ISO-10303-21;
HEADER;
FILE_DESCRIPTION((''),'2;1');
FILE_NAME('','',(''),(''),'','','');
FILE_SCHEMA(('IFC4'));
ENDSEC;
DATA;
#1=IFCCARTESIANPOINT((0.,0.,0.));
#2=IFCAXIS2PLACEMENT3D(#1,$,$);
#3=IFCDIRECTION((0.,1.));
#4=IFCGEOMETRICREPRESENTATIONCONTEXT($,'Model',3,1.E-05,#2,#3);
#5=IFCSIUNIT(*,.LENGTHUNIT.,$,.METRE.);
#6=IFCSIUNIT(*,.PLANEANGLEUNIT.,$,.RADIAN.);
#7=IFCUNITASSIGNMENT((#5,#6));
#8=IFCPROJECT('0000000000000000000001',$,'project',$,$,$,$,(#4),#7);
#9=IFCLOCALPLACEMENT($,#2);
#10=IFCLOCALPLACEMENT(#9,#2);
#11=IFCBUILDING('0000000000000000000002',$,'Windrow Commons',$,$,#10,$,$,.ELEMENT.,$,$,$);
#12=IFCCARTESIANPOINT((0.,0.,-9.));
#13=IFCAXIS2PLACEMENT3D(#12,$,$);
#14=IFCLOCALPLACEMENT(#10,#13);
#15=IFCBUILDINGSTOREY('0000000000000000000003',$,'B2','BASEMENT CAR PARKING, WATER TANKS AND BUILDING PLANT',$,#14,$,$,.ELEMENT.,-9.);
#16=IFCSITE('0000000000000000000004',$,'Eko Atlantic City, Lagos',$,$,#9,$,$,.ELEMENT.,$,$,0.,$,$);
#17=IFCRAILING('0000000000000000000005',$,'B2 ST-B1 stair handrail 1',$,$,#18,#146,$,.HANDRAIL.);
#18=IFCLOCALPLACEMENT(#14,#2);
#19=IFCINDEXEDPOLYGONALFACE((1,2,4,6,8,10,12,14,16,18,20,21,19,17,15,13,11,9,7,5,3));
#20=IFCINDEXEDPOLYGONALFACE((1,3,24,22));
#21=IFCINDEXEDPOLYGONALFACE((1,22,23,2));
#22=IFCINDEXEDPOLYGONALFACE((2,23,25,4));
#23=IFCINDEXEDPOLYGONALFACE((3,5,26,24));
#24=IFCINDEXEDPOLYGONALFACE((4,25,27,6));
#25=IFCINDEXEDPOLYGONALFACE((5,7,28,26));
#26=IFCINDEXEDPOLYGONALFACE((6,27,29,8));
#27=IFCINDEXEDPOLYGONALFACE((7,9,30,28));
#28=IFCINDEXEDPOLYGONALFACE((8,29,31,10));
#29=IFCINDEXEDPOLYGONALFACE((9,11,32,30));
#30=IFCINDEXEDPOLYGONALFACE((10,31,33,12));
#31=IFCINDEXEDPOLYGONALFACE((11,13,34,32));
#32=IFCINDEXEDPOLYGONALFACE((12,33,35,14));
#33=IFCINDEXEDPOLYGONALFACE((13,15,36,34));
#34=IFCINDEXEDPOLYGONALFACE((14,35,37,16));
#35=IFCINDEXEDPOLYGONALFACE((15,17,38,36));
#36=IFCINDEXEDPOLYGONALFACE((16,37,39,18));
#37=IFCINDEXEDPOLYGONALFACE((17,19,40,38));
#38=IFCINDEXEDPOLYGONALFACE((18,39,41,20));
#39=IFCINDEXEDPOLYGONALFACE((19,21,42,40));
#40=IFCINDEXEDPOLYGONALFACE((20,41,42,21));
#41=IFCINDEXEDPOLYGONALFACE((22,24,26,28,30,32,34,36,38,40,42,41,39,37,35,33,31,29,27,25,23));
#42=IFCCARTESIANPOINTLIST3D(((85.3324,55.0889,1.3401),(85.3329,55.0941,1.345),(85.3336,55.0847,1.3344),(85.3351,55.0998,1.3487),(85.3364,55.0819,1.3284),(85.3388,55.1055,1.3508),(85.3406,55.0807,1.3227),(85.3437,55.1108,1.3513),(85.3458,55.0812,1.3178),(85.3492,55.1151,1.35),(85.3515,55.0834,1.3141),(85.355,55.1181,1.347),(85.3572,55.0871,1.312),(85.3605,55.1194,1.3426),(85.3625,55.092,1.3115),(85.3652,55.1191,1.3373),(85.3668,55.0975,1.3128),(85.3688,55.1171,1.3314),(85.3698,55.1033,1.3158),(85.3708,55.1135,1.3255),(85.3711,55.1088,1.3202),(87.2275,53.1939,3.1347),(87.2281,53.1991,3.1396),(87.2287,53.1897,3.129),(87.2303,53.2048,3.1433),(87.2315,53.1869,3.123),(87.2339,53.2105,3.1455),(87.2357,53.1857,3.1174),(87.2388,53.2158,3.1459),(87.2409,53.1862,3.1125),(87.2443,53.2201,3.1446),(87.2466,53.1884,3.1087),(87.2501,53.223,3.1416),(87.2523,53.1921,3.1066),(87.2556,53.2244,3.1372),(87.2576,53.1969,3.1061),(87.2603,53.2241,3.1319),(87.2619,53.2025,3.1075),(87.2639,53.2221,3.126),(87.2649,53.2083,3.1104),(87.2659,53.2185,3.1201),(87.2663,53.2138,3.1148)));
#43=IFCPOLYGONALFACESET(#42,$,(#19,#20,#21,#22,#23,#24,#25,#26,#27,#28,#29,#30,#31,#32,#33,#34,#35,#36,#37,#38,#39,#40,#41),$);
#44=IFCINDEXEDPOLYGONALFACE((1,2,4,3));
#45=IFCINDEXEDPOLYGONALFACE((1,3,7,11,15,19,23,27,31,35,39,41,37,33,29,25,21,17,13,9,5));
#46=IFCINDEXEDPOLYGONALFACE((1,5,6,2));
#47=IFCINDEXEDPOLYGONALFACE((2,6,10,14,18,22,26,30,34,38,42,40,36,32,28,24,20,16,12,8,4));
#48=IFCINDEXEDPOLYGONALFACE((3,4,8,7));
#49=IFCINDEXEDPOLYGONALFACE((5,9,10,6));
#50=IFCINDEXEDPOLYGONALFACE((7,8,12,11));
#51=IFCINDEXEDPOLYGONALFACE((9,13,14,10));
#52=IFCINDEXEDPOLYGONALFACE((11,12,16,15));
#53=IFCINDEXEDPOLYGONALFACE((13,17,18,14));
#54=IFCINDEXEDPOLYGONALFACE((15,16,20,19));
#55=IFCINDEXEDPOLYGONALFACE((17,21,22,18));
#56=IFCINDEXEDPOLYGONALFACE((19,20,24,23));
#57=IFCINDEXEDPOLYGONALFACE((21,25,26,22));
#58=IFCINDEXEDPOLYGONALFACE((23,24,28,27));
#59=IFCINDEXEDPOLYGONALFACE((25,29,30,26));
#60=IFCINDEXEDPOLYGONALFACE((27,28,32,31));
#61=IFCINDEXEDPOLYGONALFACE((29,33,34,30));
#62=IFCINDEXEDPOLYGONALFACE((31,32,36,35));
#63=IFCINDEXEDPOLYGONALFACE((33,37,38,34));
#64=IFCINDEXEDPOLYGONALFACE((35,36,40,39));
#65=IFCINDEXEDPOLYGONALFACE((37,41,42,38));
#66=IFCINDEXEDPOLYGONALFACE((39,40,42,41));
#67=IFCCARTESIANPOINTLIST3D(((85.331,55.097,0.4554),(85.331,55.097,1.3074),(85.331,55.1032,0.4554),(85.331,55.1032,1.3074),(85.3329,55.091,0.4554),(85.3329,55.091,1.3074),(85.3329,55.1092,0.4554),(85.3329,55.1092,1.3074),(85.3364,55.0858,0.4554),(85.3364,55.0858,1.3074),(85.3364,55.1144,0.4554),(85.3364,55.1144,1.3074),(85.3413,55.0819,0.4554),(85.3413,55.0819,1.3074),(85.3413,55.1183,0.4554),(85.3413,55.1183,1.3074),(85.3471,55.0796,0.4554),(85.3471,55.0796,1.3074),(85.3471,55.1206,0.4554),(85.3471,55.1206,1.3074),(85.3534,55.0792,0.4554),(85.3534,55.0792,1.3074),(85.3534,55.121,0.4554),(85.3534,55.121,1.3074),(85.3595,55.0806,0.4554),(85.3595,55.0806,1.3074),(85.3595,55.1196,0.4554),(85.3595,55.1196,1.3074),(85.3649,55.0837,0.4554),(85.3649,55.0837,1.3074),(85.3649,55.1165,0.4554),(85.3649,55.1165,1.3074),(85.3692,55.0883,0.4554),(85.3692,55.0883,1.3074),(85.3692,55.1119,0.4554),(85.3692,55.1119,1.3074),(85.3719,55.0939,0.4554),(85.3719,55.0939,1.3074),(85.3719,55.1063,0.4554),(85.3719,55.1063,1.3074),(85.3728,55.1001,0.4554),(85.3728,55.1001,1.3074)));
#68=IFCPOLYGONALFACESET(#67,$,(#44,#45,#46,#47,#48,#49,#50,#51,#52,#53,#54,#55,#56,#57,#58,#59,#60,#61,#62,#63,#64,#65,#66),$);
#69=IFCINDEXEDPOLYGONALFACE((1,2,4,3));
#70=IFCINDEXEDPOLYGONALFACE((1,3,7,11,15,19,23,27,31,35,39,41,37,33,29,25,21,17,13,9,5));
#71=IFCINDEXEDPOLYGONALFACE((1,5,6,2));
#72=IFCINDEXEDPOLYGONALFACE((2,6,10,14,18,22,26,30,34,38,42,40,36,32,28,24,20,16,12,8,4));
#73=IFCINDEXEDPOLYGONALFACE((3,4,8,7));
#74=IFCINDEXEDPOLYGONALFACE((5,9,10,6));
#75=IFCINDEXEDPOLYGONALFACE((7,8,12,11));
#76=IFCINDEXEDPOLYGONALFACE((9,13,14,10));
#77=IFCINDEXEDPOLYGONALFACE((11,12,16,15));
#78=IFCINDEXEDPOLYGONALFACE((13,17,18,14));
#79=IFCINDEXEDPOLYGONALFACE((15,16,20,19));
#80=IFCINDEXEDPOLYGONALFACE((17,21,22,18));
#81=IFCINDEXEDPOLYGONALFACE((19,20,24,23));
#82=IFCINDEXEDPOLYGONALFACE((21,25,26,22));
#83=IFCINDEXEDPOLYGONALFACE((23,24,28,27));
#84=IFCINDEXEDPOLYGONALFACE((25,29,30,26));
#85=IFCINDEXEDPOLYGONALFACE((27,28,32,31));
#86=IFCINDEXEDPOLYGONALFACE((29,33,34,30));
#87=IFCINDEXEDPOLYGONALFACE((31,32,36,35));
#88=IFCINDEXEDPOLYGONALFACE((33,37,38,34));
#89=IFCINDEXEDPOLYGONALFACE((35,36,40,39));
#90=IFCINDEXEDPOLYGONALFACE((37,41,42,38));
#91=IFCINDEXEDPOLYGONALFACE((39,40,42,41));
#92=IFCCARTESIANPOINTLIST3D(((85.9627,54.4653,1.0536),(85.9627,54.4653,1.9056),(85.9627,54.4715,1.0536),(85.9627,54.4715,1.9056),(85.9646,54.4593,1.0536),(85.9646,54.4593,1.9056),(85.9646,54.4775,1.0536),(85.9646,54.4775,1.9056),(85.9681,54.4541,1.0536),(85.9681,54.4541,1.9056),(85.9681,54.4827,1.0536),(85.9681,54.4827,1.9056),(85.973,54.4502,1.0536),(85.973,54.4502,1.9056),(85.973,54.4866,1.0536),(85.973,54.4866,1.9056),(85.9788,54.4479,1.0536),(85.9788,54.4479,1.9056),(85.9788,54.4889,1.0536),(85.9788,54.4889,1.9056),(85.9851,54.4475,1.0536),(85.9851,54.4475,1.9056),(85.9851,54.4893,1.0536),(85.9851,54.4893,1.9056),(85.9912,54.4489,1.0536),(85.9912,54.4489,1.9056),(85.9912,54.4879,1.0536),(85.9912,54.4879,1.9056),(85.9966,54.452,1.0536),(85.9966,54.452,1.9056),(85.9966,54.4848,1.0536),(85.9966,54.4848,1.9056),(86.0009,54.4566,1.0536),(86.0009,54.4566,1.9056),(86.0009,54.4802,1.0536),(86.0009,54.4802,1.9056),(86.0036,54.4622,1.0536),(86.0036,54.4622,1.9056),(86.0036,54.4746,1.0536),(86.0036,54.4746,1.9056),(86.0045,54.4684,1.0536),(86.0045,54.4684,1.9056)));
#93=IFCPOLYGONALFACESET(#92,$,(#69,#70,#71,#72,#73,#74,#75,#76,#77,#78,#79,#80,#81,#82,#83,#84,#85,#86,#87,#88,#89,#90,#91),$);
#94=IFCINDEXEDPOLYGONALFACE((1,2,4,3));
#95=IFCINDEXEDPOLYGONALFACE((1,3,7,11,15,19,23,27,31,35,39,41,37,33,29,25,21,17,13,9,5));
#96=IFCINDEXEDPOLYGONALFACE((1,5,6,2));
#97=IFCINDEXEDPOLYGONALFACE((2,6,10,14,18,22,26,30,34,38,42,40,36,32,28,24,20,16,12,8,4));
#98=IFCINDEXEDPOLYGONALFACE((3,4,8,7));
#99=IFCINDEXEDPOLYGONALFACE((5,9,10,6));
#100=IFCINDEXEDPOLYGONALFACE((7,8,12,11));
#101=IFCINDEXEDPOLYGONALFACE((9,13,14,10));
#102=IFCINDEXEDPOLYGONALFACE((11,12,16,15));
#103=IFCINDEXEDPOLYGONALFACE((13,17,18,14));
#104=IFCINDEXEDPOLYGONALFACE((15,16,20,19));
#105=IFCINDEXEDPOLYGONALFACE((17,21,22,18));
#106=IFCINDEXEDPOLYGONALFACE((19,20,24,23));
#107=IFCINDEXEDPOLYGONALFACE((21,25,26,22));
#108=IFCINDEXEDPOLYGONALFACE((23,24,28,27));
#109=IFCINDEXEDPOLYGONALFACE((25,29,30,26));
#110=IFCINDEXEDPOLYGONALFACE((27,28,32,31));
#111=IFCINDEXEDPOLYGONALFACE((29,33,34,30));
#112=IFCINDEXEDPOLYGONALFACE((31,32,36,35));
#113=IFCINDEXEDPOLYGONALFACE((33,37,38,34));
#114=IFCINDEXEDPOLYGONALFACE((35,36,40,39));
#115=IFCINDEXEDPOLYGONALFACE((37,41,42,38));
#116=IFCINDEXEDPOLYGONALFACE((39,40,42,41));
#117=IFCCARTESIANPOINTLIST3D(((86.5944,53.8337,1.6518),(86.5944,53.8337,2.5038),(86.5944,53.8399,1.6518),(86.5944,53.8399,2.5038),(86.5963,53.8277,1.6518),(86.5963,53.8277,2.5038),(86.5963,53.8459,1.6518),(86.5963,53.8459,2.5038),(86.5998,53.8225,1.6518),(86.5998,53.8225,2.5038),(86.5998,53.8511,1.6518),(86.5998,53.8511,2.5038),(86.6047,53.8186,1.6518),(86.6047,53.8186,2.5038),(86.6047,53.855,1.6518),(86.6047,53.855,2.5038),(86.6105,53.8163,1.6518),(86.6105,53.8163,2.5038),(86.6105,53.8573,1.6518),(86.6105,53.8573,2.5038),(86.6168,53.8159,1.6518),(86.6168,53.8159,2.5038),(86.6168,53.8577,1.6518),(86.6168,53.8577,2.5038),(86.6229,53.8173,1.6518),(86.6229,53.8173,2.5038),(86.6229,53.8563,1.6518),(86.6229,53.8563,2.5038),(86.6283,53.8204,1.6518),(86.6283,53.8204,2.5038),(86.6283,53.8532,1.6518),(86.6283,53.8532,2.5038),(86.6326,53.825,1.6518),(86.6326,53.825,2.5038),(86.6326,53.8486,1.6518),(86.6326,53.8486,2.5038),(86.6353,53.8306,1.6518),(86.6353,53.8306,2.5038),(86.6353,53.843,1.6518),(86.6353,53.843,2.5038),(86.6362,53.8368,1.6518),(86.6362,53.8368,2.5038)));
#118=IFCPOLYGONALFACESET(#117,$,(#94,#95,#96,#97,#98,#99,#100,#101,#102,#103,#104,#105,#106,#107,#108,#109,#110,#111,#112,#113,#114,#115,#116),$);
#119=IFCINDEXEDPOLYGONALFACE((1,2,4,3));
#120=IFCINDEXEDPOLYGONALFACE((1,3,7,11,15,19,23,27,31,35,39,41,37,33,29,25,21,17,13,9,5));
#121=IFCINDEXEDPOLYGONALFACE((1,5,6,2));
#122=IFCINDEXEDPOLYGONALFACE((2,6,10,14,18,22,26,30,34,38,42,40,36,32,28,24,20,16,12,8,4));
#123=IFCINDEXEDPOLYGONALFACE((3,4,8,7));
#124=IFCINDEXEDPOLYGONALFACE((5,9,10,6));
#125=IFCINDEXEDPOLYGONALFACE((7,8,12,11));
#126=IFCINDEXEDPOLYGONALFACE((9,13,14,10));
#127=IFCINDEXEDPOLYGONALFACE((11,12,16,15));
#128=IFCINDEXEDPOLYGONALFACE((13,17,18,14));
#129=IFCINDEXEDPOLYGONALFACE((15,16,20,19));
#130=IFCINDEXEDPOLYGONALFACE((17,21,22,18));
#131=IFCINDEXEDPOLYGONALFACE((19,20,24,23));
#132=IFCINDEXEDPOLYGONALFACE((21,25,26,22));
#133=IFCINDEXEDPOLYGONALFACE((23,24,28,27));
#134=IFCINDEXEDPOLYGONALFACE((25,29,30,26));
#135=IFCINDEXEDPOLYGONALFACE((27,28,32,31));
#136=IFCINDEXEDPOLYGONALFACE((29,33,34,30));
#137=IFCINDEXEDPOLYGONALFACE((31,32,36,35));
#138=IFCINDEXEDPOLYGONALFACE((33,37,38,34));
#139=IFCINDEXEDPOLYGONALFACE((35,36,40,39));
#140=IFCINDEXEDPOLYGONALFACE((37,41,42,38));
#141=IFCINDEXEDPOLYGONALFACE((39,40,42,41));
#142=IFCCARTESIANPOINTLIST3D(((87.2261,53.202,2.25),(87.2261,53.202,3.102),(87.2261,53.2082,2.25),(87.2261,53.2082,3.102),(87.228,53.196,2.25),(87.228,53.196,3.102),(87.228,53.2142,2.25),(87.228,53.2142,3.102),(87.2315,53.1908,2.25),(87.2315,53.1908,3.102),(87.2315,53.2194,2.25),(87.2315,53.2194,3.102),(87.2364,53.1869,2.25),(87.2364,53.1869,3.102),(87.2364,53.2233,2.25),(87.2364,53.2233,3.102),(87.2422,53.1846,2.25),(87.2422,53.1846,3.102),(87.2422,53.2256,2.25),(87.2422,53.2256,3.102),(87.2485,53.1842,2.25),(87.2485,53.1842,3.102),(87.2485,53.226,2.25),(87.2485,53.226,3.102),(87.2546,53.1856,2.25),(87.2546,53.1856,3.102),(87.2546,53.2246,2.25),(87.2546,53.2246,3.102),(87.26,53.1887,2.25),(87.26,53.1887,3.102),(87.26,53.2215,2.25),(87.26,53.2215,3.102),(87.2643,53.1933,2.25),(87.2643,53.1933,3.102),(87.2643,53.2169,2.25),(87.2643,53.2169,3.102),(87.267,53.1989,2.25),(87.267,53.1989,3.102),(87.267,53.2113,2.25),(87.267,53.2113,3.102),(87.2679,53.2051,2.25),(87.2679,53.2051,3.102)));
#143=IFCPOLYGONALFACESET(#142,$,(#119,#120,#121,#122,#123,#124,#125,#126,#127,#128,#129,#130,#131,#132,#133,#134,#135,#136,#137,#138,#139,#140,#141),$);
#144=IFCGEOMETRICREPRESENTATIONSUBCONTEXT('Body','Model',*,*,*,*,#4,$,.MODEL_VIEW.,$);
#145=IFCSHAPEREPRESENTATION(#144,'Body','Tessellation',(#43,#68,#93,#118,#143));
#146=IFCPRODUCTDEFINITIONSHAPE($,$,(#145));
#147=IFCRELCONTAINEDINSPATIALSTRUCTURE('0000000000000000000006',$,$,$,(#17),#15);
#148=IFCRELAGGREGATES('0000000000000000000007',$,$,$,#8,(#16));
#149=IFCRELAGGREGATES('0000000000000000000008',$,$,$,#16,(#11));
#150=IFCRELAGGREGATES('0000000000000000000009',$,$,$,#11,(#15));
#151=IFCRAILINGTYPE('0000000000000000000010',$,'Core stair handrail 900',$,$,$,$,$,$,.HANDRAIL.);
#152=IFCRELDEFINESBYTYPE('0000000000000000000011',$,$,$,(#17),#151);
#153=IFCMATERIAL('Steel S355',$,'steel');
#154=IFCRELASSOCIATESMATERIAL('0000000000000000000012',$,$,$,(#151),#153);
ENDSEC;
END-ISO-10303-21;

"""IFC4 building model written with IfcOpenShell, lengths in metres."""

from ifc_helpers import new_model, si_unit, direction, frame, origin, origin_2d, place, context, subcontext, project, spatial, circle, extrude, material, type_object, element, save


model = new_model("IFC4")

# Units and contexts
model_context = context("Model", 3, precision=1e-05, world=origin(), true_north=direction((0.0, 1.0)))
body_context = subcontext(model_context, "Body", "Model", "MODEL_VIEW")
ifc_project = project(units=[si_unit("LENGTHUNIT", "METRE"), si_unit("PLANEANGLEUNIT", "RADIAN")], contexts=[model_context])

# Site, building, storey
site_placement = place(None, origin())
site = spatial("IfcSite", under=ifc_project, at=site_placement, Name="Eko Atlantic City, Lagos", CompositionType="ELEMENT", RefElevation=0.0)
building_placement = place(site_placement, origin())
building = spatial("IfcBuilding", under=site, at=building_placement, Name="Windrow Commons", CompositionType="ELEMENT")
storey_placement = place(building_placement, frame((0.0, 0.0, -9.0)))
storey = spatial("IfcBuildingStorey", under=building, at=storey_placement, Name="B2", Description="BASEMENT CAR PARKING, WATER TANKS AND BUILDING PLANT", CompositionType="ELEMENT", Elevation=-9.0)

# Railing
ifc_material_1 = material(Name="Steel S355", Category="steel")
railing_type_1 = type_object("IfcRailingType", Name="Core stair handrail 900", PredefinedType="HANDRAIL", material=ifc_material_1)
railing_1_placement = place(storey_placement, frame((85.3518, 55.1001, 0.4554)))
element("IfcRailing", 1, at=railing_1_placement, inside=storey, type_object=railing_type_1, Name="B2 ST-B1 stair handrail 1", PredefinedType="HANDRAIL", context=body_context, shape_type="SweptSolid", body=[
    extrude(circle(Radius=0.024, at=origin_2d()), frame((0.0, 0.0, 0.876), z_axis=(0.58756, -0.587529, 0.556401), x_axis=(0.707088, 0.707125, 0.0)), (0.0, 0.0, 1.0), 3.2254),
    extrude(circle(Radius=0.021, at=origin_2d()), origin(), (0.0, 0.0, 1.0), 0.852),
    extrude(circle(Radius=0.021, at=origin_2d()), frame((0.6317, -0.6317, 0.5982)), (0.0, 0.0, 1.0), 0.852),
    extrude(circle(Radius=0.021, at=origin_2d()), frame((1.2634, -1.2633, 1.1964)), (0.0, 0.0, 1.0), 0.852),
    extrude(circle(Radius=0.021, at=origin_2d()), frame((1.8951, -1.895, 1.7946)), (0.0, 0.0, 1.0), 0.852),
])

save(model, "model.ifc")
